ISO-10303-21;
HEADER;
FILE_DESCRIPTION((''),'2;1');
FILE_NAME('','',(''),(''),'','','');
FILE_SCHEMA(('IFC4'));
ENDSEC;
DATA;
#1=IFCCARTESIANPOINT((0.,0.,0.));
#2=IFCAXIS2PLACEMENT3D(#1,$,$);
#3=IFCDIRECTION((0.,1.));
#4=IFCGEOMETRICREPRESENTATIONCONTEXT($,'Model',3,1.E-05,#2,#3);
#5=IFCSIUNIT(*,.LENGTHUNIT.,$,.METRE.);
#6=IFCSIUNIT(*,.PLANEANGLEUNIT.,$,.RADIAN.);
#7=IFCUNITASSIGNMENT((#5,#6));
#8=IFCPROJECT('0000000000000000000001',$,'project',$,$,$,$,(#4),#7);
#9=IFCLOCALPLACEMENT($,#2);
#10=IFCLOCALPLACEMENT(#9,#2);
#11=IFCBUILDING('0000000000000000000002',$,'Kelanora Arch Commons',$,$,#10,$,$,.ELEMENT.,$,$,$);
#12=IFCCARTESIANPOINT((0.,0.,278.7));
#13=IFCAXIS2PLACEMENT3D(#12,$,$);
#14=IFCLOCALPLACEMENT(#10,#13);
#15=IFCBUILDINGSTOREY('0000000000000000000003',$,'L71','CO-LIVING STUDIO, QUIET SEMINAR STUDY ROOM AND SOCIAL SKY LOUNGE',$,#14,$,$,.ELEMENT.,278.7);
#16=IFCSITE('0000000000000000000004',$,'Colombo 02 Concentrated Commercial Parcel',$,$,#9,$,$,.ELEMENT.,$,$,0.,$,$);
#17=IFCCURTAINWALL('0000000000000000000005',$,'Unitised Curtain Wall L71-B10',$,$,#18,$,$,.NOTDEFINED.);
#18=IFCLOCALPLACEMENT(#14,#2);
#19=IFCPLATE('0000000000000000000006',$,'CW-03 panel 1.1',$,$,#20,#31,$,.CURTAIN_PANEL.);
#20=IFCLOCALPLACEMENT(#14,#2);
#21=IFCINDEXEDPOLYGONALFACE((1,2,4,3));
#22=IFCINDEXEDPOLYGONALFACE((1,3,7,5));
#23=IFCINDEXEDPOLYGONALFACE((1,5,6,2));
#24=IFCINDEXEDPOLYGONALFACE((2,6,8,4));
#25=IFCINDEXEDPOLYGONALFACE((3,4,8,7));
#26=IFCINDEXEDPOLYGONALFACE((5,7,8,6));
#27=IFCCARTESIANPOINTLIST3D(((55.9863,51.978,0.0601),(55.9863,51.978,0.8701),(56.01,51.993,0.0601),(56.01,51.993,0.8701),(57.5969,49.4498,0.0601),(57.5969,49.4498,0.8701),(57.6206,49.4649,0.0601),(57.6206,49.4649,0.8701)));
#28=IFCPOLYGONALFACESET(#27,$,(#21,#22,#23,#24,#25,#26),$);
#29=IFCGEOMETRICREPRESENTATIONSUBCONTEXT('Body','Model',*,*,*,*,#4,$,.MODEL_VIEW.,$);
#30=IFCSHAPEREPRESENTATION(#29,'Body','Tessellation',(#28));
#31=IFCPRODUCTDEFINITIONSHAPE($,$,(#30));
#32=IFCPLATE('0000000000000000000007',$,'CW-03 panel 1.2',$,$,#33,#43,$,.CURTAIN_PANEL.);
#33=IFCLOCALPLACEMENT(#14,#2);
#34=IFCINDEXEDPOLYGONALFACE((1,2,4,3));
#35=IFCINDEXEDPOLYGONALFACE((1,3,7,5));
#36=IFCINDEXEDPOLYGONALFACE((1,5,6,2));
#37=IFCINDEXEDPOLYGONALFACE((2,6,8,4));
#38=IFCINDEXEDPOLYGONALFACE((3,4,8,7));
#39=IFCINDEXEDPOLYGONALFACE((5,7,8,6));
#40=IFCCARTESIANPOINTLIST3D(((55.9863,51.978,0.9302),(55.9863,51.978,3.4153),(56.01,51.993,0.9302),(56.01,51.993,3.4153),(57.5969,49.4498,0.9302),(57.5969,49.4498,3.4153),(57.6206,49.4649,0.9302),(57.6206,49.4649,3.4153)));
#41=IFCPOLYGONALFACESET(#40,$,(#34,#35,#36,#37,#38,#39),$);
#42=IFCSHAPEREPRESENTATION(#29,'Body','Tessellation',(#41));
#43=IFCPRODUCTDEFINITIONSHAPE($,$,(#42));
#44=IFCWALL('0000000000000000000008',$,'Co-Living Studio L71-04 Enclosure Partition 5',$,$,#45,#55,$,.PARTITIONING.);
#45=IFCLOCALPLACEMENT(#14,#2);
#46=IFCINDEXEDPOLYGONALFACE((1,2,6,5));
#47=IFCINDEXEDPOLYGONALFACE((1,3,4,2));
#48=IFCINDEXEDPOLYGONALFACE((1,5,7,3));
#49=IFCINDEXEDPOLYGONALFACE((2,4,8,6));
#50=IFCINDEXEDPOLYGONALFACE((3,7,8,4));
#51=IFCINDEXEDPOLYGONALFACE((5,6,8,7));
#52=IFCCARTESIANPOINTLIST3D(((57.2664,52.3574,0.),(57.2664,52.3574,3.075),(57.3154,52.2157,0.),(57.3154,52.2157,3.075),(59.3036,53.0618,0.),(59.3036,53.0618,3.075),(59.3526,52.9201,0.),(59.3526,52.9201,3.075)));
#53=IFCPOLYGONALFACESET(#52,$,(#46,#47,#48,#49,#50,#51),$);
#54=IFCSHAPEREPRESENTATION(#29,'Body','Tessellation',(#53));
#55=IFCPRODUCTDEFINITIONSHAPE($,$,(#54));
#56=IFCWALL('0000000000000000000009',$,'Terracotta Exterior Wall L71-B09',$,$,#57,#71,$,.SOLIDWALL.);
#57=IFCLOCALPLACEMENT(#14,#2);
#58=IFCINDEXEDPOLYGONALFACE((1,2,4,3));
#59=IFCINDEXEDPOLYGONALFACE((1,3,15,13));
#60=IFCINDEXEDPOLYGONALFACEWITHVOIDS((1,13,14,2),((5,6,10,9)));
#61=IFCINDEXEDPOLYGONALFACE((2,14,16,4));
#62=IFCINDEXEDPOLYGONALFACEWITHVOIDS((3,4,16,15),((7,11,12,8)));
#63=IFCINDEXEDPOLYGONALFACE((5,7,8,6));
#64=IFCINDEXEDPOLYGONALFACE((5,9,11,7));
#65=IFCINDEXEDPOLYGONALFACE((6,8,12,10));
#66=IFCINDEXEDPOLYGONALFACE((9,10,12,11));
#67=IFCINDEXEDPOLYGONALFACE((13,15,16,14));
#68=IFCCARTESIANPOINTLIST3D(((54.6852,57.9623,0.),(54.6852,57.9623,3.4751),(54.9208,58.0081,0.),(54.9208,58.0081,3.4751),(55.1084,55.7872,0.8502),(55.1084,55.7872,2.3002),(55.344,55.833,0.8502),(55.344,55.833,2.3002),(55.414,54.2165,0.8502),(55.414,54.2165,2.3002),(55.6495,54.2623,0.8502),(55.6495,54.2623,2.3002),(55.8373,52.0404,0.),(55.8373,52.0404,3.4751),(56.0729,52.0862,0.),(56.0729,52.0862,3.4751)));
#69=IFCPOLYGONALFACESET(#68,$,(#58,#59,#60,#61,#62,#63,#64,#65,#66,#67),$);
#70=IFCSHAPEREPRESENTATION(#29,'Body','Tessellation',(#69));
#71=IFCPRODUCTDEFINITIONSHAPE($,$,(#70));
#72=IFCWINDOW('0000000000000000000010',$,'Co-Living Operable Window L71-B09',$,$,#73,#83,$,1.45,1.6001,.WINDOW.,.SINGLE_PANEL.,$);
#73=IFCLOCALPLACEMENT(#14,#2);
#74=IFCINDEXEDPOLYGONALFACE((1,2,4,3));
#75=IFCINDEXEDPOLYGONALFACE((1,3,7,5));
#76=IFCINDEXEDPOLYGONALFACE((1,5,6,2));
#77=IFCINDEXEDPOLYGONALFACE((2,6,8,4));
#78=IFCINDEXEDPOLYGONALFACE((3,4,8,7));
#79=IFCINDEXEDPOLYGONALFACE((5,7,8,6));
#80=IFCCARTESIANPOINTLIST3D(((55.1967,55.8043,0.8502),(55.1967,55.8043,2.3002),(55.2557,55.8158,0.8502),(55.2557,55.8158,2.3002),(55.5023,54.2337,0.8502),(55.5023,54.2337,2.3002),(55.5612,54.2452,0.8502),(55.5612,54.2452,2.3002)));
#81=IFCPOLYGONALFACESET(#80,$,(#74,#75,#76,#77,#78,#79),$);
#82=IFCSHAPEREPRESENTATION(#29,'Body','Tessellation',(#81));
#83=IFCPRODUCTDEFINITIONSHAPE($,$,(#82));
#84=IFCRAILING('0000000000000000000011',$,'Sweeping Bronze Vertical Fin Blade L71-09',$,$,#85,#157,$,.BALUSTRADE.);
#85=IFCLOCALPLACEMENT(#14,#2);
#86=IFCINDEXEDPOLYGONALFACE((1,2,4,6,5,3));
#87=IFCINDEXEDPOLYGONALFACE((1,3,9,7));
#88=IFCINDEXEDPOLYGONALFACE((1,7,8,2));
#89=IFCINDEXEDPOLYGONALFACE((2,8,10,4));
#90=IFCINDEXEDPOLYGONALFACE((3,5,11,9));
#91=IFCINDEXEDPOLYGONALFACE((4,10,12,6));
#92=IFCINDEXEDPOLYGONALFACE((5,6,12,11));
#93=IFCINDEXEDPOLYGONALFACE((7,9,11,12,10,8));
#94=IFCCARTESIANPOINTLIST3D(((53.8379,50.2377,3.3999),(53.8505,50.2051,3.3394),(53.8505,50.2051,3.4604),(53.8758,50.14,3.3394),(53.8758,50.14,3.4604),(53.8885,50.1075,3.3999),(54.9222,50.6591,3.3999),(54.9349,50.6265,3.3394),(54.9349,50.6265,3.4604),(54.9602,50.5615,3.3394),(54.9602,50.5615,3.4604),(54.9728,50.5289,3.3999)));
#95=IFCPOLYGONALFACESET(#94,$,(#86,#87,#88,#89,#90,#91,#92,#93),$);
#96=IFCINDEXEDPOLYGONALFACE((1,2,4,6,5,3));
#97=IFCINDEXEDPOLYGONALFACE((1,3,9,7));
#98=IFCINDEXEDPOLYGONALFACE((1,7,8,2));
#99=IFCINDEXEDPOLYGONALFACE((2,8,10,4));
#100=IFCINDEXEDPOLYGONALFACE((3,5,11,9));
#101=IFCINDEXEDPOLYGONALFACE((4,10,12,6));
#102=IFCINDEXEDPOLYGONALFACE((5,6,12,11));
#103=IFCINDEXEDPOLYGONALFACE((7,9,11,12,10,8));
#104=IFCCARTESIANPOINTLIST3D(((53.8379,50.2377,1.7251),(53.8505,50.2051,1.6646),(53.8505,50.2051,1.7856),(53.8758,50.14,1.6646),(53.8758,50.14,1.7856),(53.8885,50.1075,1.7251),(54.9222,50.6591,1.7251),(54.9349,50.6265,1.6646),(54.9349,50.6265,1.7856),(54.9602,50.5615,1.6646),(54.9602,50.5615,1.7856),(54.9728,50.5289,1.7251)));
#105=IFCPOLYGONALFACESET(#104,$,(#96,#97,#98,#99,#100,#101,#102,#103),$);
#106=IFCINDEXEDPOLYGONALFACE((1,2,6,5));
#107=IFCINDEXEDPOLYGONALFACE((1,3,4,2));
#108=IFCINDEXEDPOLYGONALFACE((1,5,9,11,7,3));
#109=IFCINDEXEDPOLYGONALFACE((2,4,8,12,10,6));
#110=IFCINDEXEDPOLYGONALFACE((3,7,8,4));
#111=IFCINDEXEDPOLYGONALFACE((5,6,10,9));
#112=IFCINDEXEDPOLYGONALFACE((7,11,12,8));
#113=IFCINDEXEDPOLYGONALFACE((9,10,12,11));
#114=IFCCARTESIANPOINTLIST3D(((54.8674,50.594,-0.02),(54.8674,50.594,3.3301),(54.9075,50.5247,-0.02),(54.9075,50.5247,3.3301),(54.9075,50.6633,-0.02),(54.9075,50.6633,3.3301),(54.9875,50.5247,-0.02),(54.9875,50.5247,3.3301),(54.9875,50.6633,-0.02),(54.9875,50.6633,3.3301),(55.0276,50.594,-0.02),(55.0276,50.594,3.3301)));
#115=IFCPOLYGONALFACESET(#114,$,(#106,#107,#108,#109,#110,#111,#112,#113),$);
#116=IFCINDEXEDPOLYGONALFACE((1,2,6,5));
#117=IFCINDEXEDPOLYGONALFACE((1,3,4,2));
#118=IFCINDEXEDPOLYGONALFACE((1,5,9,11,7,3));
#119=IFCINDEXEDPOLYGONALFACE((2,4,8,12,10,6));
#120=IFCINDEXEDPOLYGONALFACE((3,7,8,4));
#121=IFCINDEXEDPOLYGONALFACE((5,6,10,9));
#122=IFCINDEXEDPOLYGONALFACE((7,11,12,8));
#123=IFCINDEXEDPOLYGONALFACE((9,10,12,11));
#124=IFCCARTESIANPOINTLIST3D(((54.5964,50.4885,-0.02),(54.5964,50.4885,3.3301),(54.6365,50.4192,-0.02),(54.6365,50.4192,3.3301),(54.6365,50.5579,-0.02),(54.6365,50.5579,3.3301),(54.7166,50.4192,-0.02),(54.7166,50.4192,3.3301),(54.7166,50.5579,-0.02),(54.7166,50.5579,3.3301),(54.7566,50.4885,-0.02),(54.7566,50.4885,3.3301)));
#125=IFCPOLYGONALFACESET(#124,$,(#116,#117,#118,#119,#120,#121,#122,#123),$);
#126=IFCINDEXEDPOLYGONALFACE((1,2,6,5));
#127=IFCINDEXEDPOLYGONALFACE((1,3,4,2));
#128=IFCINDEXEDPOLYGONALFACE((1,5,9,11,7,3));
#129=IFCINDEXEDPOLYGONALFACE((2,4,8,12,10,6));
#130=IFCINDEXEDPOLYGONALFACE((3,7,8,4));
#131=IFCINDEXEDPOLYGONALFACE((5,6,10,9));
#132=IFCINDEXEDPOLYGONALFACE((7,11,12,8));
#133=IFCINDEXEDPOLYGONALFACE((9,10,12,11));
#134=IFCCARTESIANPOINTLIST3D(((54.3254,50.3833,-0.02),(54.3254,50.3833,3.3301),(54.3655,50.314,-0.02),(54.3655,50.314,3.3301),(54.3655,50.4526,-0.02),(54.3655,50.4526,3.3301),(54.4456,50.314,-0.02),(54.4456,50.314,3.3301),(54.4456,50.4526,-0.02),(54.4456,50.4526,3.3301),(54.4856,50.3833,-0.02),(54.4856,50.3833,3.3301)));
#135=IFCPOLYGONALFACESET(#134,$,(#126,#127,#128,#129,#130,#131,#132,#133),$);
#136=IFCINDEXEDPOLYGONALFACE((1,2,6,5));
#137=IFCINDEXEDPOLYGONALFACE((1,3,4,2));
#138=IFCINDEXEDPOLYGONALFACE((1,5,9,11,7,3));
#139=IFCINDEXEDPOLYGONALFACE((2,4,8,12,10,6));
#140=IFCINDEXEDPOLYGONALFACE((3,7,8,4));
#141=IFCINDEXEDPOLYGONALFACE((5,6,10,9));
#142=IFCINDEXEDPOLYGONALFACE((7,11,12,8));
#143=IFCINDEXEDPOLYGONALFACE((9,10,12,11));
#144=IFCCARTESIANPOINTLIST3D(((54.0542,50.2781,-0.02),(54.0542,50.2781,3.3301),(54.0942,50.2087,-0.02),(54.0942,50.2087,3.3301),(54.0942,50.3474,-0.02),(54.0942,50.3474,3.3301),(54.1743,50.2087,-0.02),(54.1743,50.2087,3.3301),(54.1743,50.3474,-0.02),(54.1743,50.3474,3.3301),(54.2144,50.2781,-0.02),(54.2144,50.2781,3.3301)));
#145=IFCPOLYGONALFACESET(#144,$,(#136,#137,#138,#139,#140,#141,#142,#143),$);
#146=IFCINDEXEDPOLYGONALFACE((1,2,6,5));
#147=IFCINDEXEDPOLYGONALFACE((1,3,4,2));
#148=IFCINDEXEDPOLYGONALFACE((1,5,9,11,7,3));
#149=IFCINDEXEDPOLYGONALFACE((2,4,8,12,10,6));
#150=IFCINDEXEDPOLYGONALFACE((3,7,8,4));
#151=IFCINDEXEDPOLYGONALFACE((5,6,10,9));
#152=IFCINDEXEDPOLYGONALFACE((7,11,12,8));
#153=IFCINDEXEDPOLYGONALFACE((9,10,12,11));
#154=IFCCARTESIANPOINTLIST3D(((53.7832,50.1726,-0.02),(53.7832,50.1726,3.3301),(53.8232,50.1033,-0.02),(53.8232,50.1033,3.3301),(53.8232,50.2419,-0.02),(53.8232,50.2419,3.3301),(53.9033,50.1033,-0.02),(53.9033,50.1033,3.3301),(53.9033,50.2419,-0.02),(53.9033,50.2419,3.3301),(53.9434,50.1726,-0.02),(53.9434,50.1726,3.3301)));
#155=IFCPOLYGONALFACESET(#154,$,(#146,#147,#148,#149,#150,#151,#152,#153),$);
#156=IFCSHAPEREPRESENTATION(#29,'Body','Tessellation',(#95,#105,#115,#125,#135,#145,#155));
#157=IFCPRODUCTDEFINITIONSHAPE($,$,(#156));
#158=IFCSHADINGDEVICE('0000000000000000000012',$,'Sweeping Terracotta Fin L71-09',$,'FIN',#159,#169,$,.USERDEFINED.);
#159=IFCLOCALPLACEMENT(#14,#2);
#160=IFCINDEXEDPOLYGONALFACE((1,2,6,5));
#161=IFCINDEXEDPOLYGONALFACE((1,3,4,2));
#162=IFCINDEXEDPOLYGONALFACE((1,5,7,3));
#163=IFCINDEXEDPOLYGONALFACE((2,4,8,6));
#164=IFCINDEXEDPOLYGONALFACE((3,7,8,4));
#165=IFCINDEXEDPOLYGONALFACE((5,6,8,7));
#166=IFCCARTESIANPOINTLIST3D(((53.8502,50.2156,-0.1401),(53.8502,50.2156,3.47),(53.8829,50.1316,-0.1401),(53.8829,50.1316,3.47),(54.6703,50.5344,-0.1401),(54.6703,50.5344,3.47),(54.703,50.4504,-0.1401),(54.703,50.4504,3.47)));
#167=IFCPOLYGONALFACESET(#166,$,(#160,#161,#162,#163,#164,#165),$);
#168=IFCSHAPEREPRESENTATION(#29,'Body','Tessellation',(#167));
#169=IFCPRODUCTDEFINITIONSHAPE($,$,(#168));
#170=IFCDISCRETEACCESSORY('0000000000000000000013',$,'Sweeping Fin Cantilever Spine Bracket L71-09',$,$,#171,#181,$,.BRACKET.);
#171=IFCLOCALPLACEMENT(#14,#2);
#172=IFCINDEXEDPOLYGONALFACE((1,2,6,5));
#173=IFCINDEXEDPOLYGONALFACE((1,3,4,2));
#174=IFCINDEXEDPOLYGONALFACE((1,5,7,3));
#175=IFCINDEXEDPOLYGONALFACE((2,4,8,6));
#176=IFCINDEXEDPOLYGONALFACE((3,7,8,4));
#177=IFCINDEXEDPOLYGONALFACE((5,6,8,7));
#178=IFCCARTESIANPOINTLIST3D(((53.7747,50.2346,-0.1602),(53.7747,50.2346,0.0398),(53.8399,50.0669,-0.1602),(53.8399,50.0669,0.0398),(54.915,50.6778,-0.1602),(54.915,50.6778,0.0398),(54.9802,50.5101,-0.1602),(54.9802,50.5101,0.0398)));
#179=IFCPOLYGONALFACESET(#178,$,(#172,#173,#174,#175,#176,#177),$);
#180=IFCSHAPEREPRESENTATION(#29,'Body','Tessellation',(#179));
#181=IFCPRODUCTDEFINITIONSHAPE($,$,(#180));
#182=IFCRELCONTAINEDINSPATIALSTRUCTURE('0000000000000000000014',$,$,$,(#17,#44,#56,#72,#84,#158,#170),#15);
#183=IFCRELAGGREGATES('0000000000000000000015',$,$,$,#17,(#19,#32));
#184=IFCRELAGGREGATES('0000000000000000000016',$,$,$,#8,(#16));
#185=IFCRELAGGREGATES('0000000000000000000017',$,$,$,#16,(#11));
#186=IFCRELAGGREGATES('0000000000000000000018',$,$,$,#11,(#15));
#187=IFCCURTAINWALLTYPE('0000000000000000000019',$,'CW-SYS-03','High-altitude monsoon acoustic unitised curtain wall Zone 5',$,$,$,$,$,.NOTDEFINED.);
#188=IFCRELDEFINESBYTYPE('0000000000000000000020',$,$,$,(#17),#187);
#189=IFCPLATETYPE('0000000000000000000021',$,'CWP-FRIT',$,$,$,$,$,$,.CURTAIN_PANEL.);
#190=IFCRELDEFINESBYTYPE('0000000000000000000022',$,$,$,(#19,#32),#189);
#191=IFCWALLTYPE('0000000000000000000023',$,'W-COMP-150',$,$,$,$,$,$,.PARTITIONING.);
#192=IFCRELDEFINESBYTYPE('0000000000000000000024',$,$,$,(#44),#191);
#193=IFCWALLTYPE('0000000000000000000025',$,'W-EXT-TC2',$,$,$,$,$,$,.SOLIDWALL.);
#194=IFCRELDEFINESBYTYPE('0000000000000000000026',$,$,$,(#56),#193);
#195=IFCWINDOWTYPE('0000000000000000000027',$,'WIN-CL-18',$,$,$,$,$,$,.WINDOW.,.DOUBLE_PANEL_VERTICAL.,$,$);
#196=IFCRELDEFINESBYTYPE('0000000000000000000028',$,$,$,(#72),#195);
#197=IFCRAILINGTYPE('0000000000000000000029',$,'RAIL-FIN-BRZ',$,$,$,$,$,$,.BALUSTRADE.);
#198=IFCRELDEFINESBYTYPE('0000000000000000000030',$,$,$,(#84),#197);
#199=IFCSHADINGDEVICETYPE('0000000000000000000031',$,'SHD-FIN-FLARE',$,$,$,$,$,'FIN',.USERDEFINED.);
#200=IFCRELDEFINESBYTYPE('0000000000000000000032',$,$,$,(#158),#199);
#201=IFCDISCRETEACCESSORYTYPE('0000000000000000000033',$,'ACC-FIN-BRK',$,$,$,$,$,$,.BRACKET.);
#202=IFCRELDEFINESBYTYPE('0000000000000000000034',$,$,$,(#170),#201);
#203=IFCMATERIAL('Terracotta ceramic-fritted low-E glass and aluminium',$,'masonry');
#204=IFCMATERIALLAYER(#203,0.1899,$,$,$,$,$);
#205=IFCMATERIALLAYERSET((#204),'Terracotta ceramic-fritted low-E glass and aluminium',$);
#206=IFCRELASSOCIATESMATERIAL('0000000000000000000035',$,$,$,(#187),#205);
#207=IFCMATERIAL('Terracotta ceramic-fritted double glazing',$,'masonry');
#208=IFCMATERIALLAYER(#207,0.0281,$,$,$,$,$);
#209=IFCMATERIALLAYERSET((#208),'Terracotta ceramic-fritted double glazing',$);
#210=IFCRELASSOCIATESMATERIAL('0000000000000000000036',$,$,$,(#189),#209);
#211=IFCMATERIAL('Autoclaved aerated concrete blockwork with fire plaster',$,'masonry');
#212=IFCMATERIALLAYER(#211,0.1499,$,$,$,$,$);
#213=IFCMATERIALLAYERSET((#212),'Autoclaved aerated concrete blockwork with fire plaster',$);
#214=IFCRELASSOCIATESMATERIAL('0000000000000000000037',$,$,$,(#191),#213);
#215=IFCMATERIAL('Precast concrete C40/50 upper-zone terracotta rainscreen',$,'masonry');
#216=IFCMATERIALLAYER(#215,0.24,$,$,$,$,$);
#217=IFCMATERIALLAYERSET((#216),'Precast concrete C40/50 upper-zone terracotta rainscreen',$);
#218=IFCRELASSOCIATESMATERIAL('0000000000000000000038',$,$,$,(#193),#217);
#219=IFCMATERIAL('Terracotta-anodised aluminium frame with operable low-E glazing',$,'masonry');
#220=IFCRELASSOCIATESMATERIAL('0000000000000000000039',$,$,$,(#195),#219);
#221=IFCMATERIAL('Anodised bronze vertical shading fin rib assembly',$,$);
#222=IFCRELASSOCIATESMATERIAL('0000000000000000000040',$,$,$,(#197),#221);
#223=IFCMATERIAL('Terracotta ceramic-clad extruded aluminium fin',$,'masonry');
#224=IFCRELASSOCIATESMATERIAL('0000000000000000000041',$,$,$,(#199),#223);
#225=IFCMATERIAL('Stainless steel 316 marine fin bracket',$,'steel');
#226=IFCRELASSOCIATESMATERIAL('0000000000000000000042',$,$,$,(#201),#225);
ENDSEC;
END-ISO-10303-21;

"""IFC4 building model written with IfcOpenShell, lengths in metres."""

from ifc_helpers import new_model, si_unit, direction, frame, frame_2d, origin, origin_2d, place, context, subcontext, project, spatial, polyline, rectangle, outline, extrude, source, transform, mapped, material, layer, layer_set, type_object, element, fill, aggregate, save


model = new_model("IFC4")

# Units and contexts
model_context = context("Model", 3, precision=1e-05, world=origin(), true_north=direction((0.0, 1.0)))
body_context = subcontext(model_context, "Body", "Model", "MODEL_VIEW")
ifc_project = project(units=[si_unit("LENGTHUNIT", "METRE"), si_unit("PLANEANGLEUNIT", "RADIAN")], contexts=[model_context])

# Site, building, storey
site_placement = place(None, origin())
site = spatial("IfcSite", under=ifc_project, at=site_placement, Name="Colombo 02 Concentrated Commercial Parcel", CompositionType="ELEMENT", RefElevation=0.0)
building_placement = place(site_placement, origin())
building = spatial("IfcBuilding", under=site, at=building_placement, Name="Kelanora Arch Commons", CompositionType="ELEMENT")
storey_placement = place(building_placement, frame((0.0, 0.0, 278.7)))
storey = spatial("IfcBuildingStorey", under=building, at=storey_placement, Name="L71", Description="CO-LIVING STUDIO, QUIET SEMINAR STUDY ROOM AND SOCIAL SKY LOUNGE", CompositionType="ELEMENT", Elevation=278.7)

# Curtain wall
ifc_material_1 = material(Name="Terracotta ceramic-fritted low-E glass and aluminium", Category="masonry")
ifc_layer_1 = layer(ifc_material_1, 0.1899)
ifc_layer_set_1 = layer_set([ifc_layer_1], Name="Terracotta ceramic-fritted low-E glass and aluminium")
curtain_wall_type = type_object("IfcCurtainWallType", Name="CW-SYS-03", Description="High-altitude monsoon acoustic unitised curtain wall Zone 5", PredefinedType="NOTDEFINED", material=ifc_layer_set_1)
curtain_wall_placement = place(storey_placement, origin())
curtain_wall = element("IfcCurtainWall", 1, at=curtain_wall_placement, inside=storey, type_object=curtain_wall_type, Name="Unitised Curtain Wall L71-B10", PredefinedType="NOTDEFINED")

# Plates
ifc_material_2 = material(Name="Terracotta ceramic-fritted double glazing", Category="masonry")
ifc_layer_2 = layer(ifc_material_2, 0.0281)
ifc_layer_set_2 = layer_set([ifc_layer_2], Name="Terracotta ceramic-fritted double glazing")
plate_type = type_object("IfcPlateType", Name="CWP-FRIT", PredefinedType="CURTAIN_PANEL", material=ifc_layer_set_2)
shared_shape_1 = source(origin(), body_context, "Body", "SweptSolid", [
    extrude(rectangle(XDim=2.9976, YDim=0.0281, at=origin_2d()), origin(), (0.0, 0.0, 1.0), 0.8101),
])
plate_1_placement = place(storey_placement, frame((56.8035, 50.7214, 0.0601), z_axis=(0.0, 0.0, 1.0), x_axis=(0.5373, -0.843391, 0.0)))
plate_1 = element("IfcPlate", 2, at=plate_1_placement, type_object=plate_type, Name="CW-03 panel 1.1", PredefinedType="CURTAIN_PANEL", context=body_context, shape_type="MappedRepresentation", body=[
    mapped(shared_shape_1, transform((0.0, 0.0, 0.0), scale=1.0)),
])
shared_shape_2 = source(origin(), body_context, "Body", "SweptSolid", [
    extrude(rectangle(XDim=2.9976, YDim=0.0281, at=origin_2d()), origin(), (0.0, 0.0, 1.0), 2.4851),
])
plate_2_placement = place(storey_placement, frame((56.8035, 50.7214, 0.9302), z_axis=(0.0, 0.0, 1.0), x_axis=(0.5373, -0.843391, 0.0)))
plate_2 = element("IfcPlate", 3, at=plate_2_placement, type_object=plate_type, Name="CW-03 panel 1.2", PredefinedType="CURTAIN_PANEL", context=body_context, shape_type="MappedRepresentation", body=[
    mapped(shared_shape_2, transform((0.0, 0.0, 0.0), scale=1.0)),
])
aggregate(curtain_wall, [plate_1, plate_2])

# Wall
ifc_material_3 = material(Name="Autoclaved aerated concrete blockwork with fire plaster", Category="masonry")
ifc_layer_3 = layer(ifc_material_3, 0.1499)
ifc_layer_set_3 = layer_set([ifc_layer_3], Name="Autoclaved aerated concrete blockwork with fire plaster")
wall_type_1 = type_object("IfcWallType", Name="W-COMP-150", PredefinedType="PARTITIONING", material=ifc_layer_set_3)
wall_1_placement = place(storey_placement, frame((57.291, 52.2866, 0.0), z_axis=(0.0, 0.0, 1.0), x_axis=(0.945102, 0.326776, 0.0)))
element("IfcWall", 4, at=wall_1_placement, inside=storey, type_object=wall_type_1, Name="Co-Living Studio L71-04 Enclosure Partition 5", PredefinedType="PARTITIONING", context=body_context, shape_type="SweptSolid", body=[
    extrude(rectangle(XDim=2.1555, YDim=0.1499, at=frame_2d((1.0776, 0.0))), origin(), (0.0, 0.0, 1.0), 3.075),
])

# Wall, opening, window
ifc_material_4 = material(Name="Precast concrete C40/50 upper-zone terracotta rainscreen", Category="masonry")
ifc_layer_4 = layer(ifc_material_4, 0.24)
ifc_layer_set_4 = layer_set([ifc_layer_4], Name="Precast concrete C40/50 upper-zone terracotta rainscreen")
wall_type_2 = type_object("IfcWallType", Name="W-EXT-TC2", PredefinedType="SOLIDWALL", material=ifc_layer_set_4)
wall_2_placement = place(storey_placement, frame((54.803, 57.9854, 0.0), z_axis=(0.0, 0.0, 1.0), x_axis=(0.190969, -0.981596, 0.0)))
wall_2 = element("IfcWall", 5, at=wall_2_placement, inside=storey, type_object=wall_type_2, Name="Terracotta Exterior Wall L71-B09", PredefinedType="SOLIDWALL", context=body_context, shape_type="SweptSolid", body=[
    extrude(rectangle(XDim=6.033, YDim=0.24, at=frame_2d((3.0166, 0.0))), origin(), (0.0, 0.0, 1.0), 3.4751),
])
opening_placement = place(wall_2_placement, frame((2.2161, 0.0, 0.8501)))
opening = element("IfcOpeningElement", 6, at=opening_placement, cuts=wall_2, PredefinedType="OPENING", context=body_context, shape_type="SweptSolid", body=[
    extrude(rectangle(XDim=1.6001, YDim=1.45, at=frame_2d((0.8, 0.7251))), frame((0.0, 0.1299, 0.0), z_axis=(0.0, -1.0, 0.0), x_axis=(1.0, 0.0, 0.0)), (0.0, 0.0, 1.0), 0.26),
])
ifc_material_5 = material(Name="Terracotta-anodised aluminium frame with operable low-E glazing", Category="masonry")
window_type = type_object("IfcWindowType", Name="WIN-CL-18", PartitioningType="DOUBLE_PANEL_VERTICAL", PredefinedType="WINDOW", material=ifc_material_5)
window_placement = place(opening_placement, origin())
window = element("IfcWindow", 7, at=window_placement, inside=storey, type_object=window_type, Name="Co-Living Operable Window L71-B09", OverallHeight=1.45, OverallWidth=1.6001, PartitioningType="SINGLE_PANEL", PredefinedType="WINDOW", context=body_context, shape_type="SweptSolid", body=[
    extrude(rectangle(XDim=1.6001, YDim=1.45, at=frame_2d((0.8, 0.7251))), frame((0.0, 0.03, 0.0), z_axis=(0.0, -1.0, 0.0), x_axis=(1.0, 0.0, 0.0)), (0.0, 0.0, 1.0), 0.0601),
])
fill(opening, window)

# Railing
ifc_material_6 = material(Name="Anodised bronze vertical shading fin rib assembly")
railing_type = type_object("IfcRailingType", Name="RAIL-FIN-BRZ", PredefinedType="BALUSTRADE", material=ifc_material_6)
railing_placement = place(storey_placement, frame((54.9475, 50.594, -0.02)))
element("IfcRailing", 8, at=railing_placement, inside=storey, type_object=railing_type, Name="Sweeping Bronze Vertical Fin Blade L71-09", PredefinedType="BALUSTRADE", context=body_context, shape_type="SweptSolid", body=[
    extrude(outline(polyline([(0.0698, 0.0), (0.0349, 0.0605), (-0.0349, 0.0605), (-0.0698, 0.0), (-0.0349, -0.0605), (0.0349, -0.0605), (0.0698, 0.0)])), frame((0.0, 0.0, 3.4199), z_axis=(-0.932079, -0.362254, 0.0), x_axis=(0.362254, -0.932079, 0.0)), (0.0, 0.0, 1.0), 1.1633),
    extrude(outline(polyline([(0.0698, 0.0), (0.0349, 0.0605), (-0.0349, 0.0605), (-0.0698, 0.0), (-0.0349, -0.0605), (0.0349, -0.0605), (0.0698, 0.0)])), frame((0.0, 0.0, 1.7451), z_axis=(-0.932079, -0.362254, 0.0), x_axis=(0.362254, -0.932079, 0.0)), (0.0, 0.0, 1.0), 1.1633),
    extrude(outline(polyline([(0.0801, 0.0), (0.04, 0.0693), (-0.04, 0.0693), (-0.0801, 0.0), (-0.04, -0.0693), (0.04, -0.0693), (0.0801, 0.0)])), origin(), (0.0, 0.0, 1.0), 3.3501),
    extrude(outline(polyline([(0.0801, 0.0), (0.04, 0.0693), (-0.04, 0.0693), (-0.0801, 0.0), (-0.04, -0.0693), (0.04, -0.0693), (0.0801, 0.0)])), frame((-0.271, -0.1055, 0.0)), (0.0, 0.0, 1.0), 3.3501),
    extrude(outline(polyline([(0.0801, 0.0), (0.04, 0.0693), (-0.04, 0.0693), (-0.0801, 0.0), (-0.04, -0.0693), (0.04, -0.0693), (0.0801, 0.0)])), frame((-0.542, -0.2107, 0.0)), (0.0, 0.0, 1.0), 3.3501),
    extrude(outline(polyline([(0.0801, 0.0), (0.04, 0.0693), (-0.04, 0.0693), (-0.0801, 0.0), (-0.04, -0.0693), (0.04, -0.0693), (0.0801, 0.0)])), frame((-0.8132, -0.3159, 0.0)), (0.0, 0.0, 1.0), 3.3501),
    extrude(outline(polyline([(0.0801, 0.0), (0.04, 0.0693), (-0.04, 0.0693), (-0.0801, 0.0), (-0.04, -0.0693), (0.04, -0.0693), (0.0801, 0.0)])), frame((-1.0842, -0.4214, 0.0)), (0.0, 0.0, 1.0), 3.3501),
])

# Shading device
ifc_material_7 = material(Name="Terracotta ceramic-clad extruded aluminium fin", Category="masonry")
shading_device_type = type_object("IfcShadingDeviceType", Name="SHD-FIN-FLARE", ElementType="FIN", PredefinedType="USERDEFINED", material=ifc_material_7)
shared_shape_3 = source(origin(), body_context, "Body", "SweptSolid", [
    extrude(rectangle(XDim=0.8799, YDim=0.0901, at=origin_2d()), origin(), (0.0, 0.0, 1.0), 3.6101),
])
shading_device_placement = place(storey_placement, frame((54.2766, 50.333, -0.1401), z_axis=(0.0, 0.0, 1.0), x_axis=(-0.932071, -0.362275, 0.0)))
element("IfcShadingDevice", 9, at=shading_device_placement, inside=storey, type_object=shading_device_type, Name="Sweeping Terracotta Fin L71-09", ObjectType="FIN", PredefinedType="USERDEFINED", context=body_context, shape_type="MappedRepresentation", body=[
    mapped(shared_shape_3, transform((0.0, 0.0, 0.0), scale=1.0)),
])

# Discrete accessory
ifc_material_8 = material(Name="Stainless steel 316 marine fin bracket", Category="steel")
discrete_accessory_type = type_object("IfcDiscreteAccessoryType", Name="ACC-FIN-BRK", PredefinedType="BRACKET", material=ifc_material_8)
shared_shape_4 = source(origin(), body_context, "Body", "SweptSolid", [
    extrude(rectangle(XDim=1.2234, YDim=0.1799, at=origin_2d()), origin(), (0.0, 0.0, 1.0), 0.2),
])
discrete_accessory_placement = place(storey_placement, frame((54.3774, 50.3723, -0.1602), z_axis=(0.0, 0.0, 1.0), x_axis=(-0.932071, -0.362275, 0.0)))
element("IfcDiscreteAccessory", 10, at=discrete_accessory_placement, inside=storey, type_object=discrete_accessory_type, Name="Sweeping Fin Cantilever Spine Bracket L71-09", PredefinedType="BRACKET", context=body_context, shape_type="MappedRepresentation", body=[
    mapped(shared_shape_4, transform((0.0, 0.0, 0.0), scale=1.0)),
])

save(model, "model.ifc")
